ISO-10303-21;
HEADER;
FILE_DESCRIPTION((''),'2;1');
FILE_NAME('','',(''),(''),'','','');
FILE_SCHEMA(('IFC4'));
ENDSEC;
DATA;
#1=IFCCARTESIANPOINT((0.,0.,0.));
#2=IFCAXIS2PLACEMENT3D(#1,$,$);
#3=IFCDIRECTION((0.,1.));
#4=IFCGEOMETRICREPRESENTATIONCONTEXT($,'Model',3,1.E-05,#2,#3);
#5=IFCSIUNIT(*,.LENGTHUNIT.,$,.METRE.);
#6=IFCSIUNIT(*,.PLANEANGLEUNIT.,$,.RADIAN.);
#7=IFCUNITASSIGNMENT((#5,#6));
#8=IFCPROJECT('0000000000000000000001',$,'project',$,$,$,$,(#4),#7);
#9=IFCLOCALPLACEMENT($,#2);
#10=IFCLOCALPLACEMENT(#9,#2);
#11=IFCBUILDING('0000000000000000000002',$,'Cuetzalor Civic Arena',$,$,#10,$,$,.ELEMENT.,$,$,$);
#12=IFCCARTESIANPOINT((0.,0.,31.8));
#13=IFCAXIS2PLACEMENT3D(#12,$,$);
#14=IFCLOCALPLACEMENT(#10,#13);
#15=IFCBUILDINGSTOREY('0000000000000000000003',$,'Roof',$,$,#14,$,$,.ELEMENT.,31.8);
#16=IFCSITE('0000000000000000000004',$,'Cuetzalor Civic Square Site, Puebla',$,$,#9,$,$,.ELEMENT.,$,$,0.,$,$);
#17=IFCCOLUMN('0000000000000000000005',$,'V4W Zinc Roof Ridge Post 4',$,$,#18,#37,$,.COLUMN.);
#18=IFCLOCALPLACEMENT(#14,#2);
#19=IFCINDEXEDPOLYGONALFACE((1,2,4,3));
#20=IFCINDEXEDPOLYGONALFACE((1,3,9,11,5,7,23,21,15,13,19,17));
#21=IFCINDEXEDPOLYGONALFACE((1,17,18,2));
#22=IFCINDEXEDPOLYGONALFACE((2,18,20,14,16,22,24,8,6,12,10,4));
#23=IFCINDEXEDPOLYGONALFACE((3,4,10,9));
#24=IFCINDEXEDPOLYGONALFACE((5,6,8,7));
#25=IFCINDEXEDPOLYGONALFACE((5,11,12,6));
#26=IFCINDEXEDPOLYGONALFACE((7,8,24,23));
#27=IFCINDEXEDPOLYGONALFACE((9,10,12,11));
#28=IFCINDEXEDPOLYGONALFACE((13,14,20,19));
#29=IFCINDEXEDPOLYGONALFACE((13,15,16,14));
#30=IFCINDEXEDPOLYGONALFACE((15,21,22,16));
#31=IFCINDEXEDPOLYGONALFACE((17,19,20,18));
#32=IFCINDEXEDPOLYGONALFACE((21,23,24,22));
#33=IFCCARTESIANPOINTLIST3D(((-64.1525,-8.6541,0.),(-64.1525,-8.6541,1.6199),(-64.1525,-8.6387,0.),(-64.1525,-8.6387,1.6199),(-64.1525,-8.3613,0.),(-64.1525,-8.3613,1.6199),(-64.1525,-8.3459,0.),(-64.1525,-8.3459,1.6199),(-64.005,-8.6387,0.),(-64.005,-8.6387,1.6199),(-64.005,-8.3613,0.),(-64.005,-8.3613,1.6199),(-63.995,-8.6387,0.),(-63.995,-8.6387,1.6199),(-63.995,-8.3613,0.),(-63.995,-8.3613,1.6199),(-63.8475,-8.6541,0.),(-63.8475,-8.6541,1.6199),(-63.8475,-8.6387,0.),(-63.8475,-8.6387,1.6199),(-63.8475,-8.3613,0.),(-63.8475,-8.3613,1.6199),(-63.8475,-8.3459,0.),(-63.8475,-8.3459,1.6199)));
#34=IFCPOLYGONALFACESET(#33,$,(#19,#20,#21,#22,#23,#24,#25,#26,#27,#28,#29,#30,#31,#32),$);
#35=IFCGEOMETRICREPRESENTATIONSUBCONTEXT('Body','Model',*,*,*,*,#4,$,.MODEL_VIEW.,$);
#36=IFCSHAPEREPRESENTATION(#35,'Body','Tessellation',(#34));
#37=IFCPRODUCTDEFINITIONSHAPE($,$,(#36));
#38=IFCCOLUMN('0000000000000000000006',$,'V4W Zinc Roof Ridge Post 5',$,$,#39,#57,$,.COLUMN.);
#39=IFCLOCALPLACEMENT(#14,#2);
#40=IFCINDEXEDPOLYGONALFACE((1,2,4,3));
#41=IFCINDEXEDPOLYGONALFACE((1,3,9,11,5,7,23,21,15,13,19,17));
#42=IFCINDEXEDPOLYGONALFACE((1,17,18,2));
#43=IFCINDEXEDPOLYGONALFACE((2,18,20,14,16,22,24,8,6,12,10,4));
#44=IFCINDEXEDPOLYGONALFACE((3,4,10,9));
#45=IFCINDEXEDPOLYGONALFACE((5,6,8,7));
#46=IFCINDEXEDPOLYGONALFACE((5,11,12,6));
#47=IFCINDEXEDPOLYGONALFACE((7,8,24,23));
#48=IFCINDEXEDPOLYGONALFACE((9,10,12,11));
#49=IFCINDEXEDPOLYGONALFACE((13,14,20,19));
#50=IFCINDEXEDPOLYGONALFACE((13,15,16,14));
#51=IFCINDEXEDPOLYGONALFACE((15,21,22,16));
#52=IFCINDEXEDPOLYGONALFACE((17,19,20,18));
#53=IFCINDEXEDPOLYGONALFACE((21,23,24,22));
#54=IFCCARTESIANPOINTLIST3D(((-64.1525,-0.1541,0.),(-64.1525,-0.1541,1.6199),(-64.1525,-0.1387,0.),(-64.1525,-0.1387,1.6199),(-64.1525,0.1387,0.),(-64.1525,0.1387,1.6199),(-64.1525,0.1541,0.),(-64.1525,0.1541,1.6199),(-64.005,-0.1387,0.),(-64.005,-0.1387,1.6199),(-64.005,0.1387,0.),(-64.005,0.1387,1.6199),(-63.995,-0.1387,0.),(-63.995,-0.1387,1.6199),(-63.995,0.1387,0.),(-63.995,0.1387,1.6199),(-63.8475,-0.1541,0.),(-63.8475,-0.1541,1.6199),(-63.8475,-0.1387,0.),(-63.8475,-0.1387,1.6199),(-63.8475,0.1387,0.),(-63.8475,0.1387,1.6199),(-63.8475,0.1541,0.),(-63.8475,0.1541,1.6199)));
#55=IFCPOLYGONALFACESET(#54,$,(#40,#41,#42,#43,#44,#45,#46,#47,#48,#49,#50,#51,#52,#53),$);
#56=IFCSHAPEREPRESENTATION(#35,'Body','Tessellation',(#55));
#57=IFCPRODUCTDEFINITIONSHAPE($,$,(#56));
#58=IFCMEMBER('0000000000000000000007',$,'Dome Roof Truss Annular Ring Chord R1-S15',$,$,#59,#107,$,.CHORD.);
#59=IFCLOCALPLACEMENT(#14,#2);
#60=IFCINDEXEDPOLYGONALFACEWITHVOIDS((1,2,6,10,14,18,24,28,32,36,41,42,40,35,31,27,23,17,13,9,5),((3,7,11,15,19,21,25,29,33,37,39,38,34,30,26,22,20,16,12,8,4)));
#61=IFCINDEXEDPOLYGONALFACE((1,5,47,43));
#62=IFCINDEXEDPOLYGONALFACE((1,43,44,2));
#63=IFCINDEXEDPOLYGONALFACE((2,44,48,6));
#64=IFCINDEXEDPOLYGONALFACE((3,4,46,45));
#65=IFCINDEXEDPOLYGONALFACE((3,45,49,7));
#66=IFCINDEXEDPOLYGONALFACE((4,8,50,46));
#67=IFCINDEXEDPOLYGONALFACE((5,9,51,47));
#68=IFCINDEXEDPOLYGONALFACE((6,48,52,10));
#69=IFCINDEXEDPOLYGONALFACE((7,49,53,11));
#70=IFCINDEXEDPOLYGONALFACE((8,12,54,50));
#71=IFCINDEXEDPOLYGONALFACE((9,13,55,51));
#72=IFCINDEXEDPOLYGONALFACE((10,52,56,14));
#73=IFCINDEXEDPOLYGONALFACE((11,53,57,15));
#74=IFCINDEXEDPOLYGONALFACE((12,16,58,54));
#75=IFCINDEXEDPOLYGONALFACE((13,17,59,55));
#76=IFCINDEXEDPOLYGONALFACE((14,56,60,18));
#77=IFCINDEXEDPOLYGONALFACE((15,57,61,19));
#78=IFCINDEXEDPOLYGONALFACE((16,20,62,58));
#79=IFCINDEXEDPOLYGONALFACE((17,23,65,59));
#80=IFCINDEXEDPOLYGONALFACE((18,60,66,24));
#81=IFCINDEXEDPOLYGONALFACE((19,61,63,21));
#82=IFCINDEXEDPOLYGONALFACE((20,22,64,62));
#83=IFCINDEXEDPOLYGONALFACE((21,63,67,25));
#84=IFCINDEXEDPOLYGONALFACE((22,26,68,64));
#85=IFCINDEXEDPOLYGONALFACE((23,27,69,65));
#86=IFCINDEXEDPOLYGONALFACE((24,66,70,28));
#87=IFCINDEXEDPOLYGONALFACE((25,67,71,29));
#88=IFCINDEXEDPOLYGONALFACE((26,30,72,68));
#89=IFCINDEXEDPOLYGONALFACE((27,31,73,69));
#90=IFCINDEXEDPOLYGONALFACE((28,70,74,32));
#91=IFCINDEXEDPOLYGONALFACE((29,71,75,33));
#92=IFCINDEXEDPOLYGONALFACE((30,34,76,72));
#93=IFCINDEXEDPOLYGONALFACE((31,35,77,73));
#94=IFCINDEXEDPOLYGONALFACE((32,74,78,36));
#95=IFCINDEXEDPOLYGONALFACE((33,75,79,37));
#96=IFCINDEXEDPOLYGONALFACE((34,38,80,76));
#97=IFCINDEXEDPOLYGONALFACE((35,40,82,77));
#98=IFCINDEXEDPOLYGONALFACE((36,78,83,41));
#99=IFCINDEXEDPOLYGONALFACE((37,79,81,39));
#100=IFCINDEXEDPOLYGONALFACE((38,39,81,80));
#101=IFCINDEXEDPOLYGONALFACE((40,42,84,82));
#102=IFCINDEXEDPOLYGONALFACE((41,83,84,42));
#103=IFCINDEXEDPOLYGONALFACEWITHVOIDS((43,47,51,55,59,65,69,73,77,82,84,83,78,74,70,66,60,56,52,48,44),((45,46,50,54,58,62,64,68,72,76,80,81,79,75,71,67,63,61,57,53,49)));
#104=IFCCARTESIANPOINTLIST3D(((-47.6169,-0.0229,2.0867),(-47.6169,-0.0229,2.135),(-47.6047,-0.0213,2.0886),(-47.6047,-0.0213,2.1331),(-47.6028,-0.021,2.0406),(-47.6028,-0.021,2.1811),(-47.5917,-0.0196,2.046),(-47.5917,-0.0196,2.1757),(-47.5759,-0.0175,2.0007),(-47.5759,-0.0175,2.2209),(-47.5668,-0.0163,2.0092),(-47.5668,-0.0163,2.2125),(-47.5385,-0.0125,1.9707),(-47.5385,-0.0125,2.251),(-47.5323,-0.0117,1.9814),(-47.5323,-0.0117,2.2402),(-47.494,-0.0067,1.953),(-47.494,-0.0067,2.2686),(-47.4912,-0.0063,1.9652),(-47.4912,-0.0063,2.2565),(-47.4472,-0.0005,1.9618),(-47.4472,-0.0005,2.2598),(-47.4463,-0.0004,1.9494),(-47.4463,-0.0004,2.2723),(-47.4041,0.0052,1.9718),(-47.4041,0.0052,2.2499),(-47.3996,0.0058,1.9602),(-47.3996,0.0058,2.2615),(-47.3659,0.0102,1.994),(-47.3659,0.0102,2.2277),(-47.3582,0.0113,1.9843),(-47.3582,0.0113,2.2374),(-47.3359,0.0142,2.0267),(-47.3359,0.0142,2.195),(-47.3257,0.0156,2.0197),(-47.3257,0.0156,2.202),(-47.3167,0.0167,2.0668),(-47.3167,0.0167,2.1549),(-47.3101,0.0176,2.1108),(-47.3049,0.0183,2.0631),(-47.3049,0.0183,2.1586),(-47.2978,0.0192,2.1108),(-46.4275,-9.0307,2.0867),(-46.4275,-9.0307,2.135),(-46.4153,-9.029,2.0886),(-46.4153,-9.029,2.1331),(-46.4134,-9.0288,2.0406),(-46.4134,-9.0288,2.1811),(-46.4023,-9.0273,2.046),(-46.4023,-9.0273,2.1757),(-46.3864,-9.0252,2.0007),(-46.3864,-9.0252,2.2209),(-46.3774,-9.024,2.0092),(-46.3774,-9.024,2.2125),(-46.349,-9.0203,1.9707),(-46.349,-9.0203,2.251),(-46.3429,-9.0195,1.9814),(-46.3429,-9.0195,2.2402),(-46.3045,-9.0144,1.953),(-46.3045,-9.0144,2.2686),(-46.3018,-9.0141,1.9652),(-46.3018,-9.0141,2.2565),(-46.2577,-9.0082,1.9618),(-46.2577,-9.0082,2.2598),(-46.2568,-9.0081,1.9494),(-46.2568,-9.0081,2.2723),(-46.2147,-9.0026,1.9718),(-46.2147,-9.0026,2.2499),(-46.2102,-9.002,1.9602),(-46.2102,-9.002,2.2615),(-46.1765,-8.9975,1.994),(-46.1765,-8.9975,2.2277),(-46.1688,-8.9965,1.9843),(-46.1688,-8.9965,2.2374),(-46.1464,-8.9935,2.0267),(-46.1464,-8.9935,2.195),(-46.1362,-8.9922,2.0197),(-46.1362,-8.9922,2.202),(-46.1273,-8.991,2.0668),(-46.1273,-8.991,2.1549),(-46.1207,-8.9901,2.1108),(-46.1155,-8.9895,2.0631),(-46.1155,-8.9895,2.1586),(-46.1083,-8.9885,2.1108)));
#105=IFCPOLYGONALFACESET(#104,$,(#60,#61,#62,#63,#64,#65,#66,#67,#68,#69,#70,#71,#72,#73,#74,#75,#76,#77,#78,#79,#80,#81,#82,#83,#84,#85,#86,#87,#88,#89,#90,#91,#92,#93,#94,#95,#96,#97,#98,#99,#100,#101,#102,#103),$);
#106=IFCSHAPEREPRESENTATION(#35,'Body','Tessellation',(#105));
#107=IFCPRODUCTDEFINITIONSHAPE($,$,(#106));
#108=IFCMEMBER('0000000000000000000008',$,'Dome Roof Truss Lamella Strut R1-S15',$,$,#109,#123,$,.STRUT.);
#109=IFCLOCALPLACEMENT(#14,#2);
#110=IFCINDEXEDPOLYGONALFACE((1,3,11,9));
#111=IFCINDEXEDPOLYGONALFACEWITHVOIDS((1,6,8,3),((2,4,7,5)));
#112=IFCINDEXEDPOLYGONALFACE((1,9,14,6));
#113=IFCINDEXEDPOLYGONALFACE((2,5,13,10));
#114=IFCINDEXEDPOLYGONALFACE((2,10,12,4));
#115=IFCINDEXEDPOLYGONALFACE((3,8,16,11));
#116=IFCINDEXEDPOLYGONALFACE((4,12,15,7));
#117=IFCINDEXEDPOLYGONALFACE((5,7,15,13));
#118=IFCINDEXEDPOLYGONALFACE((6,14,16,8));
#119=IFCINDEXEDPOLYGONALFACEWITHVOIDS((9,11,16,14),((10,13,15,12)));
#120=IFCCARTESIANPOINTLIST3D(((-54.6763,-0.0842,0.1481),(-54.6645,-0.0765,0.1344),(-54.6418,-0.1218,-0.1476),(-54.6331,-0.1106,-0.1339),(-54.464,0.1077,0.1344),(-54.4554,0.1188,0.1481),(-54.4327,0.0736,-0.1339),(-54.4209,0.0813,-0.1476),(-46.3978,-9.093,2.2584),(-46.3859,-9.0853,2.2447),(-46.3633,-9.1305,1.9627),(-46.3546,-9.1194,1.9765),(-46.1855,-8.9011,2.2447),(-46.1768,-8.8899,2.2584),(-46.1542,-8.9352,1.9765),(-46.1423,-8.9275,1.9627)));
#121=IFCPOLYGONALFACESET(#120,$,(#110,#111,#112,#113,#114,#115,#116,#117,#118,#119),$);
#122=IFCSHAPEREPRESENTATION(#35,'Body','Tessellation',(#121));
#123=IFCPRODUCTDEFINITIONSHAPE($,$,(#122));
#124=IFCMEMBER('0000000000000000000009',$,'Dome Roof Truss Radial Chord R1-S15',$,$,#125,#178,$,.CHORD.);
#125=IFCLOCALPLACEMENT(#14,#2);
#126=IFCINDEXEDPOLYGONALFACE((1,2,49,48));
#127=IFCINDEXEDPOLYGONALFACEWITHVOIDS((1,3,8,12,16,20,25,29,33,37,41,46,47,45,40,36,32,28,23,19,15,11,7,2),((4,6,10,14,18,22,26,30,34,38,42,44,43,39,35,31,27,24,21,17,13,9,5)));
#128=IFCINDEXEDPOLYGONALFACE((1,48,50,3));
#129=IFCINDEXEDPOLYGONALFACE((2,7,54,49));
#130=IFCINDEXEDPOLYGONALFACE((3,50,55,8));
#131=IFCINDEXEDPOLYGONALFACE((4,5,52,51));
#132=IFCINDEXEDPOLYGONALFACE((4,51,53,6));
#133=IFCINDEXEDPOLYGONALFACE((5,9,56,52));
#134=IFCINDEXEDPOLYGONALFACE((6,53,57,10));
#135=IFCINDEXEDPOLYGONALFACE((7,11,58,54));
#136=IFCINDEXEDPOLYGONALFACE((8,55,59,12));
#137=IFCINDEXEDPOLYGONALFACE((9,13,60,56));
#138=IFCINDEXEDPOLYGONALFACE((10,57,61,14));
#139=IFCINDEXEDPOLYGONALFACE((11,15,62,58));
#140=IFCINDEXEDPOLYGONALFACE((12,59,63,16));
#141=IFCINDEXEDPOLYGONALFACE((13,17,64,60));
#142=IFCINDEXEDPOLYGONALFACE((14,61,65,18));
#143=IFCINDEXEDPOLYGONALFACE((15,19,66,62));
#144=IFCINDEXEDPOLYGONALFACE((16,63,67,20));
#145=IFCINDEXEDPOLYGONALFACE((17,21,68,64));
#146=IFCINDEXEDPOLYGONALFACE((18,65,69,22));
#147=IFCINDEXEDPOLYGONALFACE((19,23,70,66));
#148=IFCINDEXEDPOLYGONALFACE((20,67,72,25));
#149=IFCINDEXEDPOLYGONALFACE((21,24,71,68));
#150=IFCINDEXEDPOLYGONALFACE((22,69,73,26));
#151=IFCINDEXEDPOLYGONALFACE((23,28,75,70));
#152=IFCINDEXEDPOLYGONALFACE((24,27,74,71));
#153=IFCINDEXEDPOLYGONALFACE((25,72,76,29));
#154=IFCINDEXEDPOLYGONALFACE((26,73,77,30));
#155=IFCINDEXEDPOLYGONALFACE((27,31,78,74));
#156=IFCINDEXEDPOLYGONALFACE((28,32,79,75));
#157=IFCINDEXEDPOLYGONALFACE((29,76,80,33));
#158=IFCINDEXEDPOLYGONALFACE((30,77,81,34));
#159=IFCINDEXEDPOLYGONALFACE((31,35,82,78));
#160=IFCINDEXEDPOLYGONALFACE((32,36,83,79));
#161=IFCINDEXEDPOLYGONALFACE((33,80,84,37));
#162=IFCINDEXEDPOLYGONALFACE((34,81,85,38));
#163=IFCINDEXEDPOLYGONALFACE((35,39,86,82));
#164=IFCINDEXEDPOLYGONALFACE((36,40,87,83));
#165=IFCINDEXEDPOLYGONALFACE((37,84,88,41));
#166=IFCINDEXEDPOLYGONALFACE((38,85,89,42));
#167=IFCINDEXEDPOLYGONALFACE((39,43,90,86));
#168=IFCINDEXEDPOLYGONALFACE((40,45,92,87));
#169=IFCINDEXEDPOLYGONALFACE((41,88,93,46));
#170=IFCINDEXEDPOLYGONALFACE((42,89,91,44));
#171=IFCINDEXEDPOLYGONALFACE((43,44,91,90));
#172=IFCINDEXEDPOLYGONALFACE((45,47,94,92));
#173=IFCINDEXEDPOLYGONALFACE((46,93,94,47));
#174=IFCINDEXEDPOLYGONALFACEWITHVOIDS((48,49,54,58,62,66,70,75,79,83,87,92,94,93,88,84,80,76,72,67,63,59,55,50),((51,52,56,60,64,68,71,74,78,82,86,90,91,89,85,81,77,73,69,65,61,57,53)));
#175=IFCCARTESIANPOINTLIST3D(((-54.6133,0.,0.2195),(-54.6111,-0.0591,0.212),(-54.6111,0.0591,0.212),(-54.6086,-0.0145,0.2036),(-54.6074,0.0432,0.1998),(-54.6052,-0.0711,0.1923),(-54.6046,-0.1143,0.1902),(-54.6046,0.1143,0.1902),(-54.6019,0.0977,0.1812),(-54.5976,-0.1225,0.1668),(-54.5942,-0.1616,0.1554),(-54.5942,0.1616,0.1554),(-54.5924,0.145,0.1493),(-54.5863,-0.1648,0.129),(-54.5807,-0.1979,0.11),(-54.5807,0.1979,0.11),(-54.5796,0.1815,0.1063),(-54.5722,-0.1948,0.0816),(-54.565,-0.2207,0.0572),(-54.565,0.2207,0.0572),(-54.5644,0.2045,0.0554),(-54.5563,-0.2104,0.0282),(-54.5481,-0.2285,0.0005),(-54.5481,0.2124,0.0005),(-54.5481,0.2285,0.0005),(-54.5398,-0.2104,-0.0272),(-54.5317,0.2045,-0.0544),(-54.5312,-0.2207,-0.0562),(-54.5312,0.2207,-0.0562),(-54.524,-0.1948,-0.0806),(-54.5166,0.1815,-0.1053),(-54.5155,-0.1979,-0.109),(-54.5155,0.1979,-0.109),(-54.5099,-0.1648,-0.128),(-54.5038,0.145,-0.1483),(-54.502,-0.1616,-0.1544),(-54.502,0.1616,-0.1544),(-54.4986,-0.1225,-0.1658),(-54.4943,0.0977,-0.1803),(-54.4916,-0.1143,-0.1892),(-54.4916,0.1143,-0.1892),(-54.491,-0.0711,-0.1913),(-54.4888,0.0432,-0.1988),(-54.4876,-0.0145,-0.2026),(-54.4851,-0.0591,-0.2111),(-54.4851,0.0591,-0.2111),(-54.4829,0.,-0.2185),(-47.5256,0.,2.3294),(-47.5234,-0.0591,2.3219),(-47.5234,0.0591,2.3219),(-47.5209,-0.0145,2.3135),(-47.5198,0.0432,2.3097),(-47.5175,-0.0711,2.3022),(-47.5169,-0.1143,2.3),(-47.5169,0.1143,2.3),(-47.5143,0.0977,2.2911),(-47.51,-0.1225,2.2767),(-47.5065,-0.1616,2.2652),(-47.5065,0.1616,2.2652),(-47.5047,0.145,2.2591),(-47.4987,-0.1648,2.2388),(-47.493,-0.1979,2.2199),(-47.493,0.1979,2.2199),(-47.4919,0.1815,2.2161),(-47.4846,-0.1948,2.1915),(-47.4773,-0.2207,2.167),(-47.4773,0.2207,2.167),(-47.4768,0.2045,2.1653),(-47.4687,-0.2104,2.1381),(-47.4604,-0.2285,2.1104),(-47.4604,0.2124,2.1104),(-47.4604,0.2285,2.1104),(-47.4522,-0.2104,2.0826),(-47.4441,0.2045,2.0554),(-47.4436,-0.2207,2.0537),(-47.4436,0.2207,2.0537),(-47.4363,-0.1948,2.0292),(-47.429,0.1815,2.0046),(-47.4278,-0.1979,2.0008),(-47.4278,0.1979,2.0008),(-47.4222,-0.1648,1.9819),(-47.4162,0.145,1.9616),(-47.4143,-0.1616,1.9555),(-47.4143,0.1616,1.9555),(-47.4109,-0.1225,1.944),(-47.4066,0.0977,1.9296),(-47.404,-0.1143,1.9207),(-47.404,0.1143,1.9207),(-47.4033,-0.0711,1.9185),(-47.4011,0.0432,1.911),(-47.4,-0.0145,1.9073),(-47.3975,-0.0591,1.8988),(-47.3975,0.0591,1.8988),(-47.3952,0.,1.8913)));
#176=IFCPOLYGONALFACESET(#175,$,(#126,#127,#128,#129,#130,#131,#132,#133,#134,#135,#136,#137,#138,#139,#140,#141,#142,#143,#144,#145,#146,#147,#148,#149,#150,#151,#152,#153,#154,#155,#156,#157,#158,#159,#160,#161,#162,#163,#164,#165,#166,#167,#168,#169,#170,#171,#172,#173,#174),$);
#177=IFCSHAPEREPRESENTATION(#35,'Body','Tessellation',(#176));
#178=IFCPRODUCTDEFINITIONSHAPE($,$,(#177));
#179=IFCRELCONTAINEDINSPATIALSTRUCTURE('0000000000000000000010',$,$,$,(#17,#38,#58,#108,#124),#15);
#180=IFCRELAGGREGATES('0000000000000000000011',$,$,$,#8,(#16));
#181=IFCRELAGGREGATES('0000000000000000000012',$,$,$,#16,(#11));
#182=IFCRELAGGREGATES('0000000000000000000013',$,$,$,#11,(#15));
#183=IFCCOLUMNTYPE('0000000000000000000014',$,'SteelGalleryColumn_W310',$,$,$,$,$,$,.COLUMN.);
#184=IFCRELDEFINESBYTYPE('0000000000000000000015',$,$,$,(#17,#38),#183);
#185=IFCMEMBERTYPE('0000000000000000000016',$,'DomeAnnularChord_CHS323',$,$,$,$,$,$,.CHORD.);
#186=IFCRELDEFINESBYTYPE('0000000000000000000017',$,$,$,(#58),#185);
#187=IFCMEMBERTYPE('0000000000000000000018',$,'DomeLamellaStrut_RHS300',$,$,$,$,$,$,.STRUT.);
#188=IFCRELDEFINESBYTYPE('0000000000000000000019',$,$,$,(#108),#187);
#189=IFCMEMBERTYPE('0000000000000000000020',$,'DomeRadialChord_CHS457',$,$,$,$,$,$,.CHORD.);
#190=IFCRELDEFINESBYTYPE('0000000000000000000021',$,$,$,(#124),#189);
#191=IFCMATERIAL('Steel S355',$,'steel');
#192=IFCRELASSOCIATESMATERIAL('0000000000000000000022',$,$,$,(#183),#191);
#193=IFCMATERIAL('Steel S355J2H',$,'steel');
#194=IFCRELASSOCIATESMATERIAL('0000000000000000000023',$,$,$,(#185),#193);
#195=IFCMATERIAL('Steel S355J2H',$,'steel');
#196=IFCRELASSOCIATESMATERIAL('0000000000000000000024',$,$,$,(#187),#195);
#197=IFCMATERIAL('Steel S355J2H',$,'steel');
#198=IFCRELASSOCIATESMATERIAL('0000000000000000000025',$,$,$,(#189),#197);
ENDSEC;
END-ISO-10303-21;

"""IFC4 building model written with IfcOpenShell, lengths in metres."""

from ifc_helpers import new_model, si_unit, direction, frame, origin, origin_2d, place, context, subcontext, project, spatial, hollow_rectangle, hollow_circle, i_section, extrude, material, material_profile, profile_set, type_object, element, save


model = new_model("IFC4")

# Units and contexts
model_context = context("Model", 3, precision=1e-05, world=origin(), true_north=direction((0.0, 1.0)))
body_context = subcontext(model_context, "Body", "Model", "MODEL_VIEW")
ifc_project = project(units=[si_unit("LENGTHUNIT", "METRE"), si_unit("PLANEANGLEUNIT", "RADIAN")], contexts=[model_context])

# Site, building, storey
site_placement = place(None, origin())
site = spatial("IfcSite", under=ifc_project, at=site_placement, Name="Cuetzalor Civic Square Site, Puebla", CompositionType="ELEMENT", RefElevation=0.0)
building_placement = place(site_placement, origin())
building = spatial("IfcBuilding", under=site, at=building_placement, Name="Cuetzalor Civic Arena", CompositionType="ELEMENT")
storey_placement = place(building_placement, frame((0.0, 0.0, 31.8)))
storey = spatial("IfcBuildingStorey", under=building, at=storey_placement, Name="Roof", CompositionType="ELEMENT", Elevation=31.8)

# Columns
ifc_material_1 = material(Name="Steel S355", Category="steel")
ifc_material_profile_1 = material_profile(ifc_material_1, i_section(OverallWidth=0.3049, OverallDepth=0.3081, WebThickness=0.01, FlangeThickness=0.0154, at=origin_2d()), Name="W310x97")
ifc_profile_set_1 = profile_set([ifc_material_profile_1], Name="Steel S355")
column_type = type_object("IfcColumnType", Name="SteelGalleryColumn_W310", PredefinedType="COLUMN", material=ifc_profile_set_1)
for number, where, z_axis, x_axis, name in (
    (1, (-64.0, -8.5, 0.0), (0.0, 0.0, 1.0), (1.0, 0.0, 0.0), "V4W Zinc Roof Ridge Post 4"),
    (2, (-64.0, 0.0, 0.0), (0.0, 0.0, 1.0), (1.0, 0.0, 0.0), "V4W Zinc Roof Ridge Post 5"),
):
    element("IfcColumn", number, at=place(storey_placement, frame(where, z_axis=z_axis, x_axis=x_axis)), inside=storey, type_object=column_type, Name=name, PredefinedType="COLUMN", context=body_context, shape_type="SweptSolid", body=[
        extrude(i_section(OverallWidth=0.3049, OverallDepth=0.3081, WebThickness=0.01, FlangeThickness=0.0154, at=origin_2d()), origin(), (0.0, 0.0, 1.0), 1.6199),
    ])

# Members
ifc_material_2 = material(Name="Steel S355J2H", Category="steel")
ifc_material_profile_2 = material_profile(ifc_material_2, hollow_circle(Radius=0.1619, WallThickness=0.0125, at=origin_2d()), Name="CHS 323.9x12.5")
ifc_profile_set_2 = profile_set([ifc_material_profile_2], Name="Steel S355J2H")
member_type_1 = type_object("IfcMemberType", Name="DomeAnnularChord_CHS323", PredefinedType="CHORD", material=ifc_profile_set_2)
member_1_placement = place(storey_placement, frame((-47.4583, -0.002, 2.1108), z_axis=(0.13091, -0.991394, 0.0), x_axis=(0.991394, 0.13091, 0.0)))
element("IfcMember", 3, at=member_1_placement, inside=storey, type_object=member_type_1, Name="Dome Roof Truss Annular Ring Chord R1-S15", PredefinedType="CHORD", context=body_context, shape_type="SweptSolid", body=[
    extrude(hollow_circle(Radius=0.1619, WallThickness=0.0125, at=origin_2d()), origin(), (0.0, 0.0, 1.0), 9.0859),
])
ifc_material_3 = material(Name="Steel S355J2H", Category="steel")
ifc_material_profile_3 = material_profile(ifc_material_3, hollow_rectangle(XDim=0.3, YDim=0.3, WallThickness=0.0139, at=origin_2d()), Name="RHS 300x300x14")
ifc_profile_set_3 = profile_set([ifc_material_profile_3], Name="Steel S355J2H")
member_type_2 = type_object("IfcMemberType", Name="DomeLamellaStrut_RHS300", PredefinedType="STRUT", material=ifc_profile_set_3)
member_2_placement = place(storey_placement, frame((-54.5486, -0.0015, 0.0002), z_axis=(0.666789, -0.725604, 0.169976), x_axis=(0.736319, 0.676635, 0.0)))
element("IfcMember", 4, at=member_2_placement, inside=storey, type_object=member_type_2, Name="Dome Roof Truss Lamella Strut R1-S15", PredefinedType="STRUT", context=body_context, shape_type="SweptSolid", body=[
    extrude(hollow_rectangle(XDim=0.3, YDim=0.3, WallThickness=0.0139, at=origin_2d()), origin(), (0.0, 0.0, 1.0), 12.4155),
])
ifc_material_4 = material(Name="Steel S355J2H", Category="steel")
ifc_material_profile_4 = material_profile(ifc_material_4, hollow_circle(Radius=0.2285, WallThickness=0.0161, at=origin_2d()), Name="CHS 457x16")
ifc_profile_set_4 = profile_set([ifc_material_profile_4], Name="Steel S355J2H")
member_type_3 = type_object("IfcMemberType", Name="DomeRadialChord_CHS457", PredefinedType="CHORD", material=ifc_profile_set_4)
member_3_placement = place(storey_placement, frame((-54.5481, 0.0, 0.0005), z_axis=(0.958436, 0.0, 0.285309), x_axis=(0.0, 1.0, 0.0)))
element("IfcMember", 5, at=member_3_placement, inside=storey, type_object=member_type_3, Name="Dome Roof Truss Radial Chord R1-S15", PredefinedType="CHORD", context=body_context, shape_type="SweptSolid", body=[
    extrude(hollow_circle(Radius=0.2285, WallThickness=0.0161, at=origin_2d()), origin(), (0.0, 0.0, 1.0), 7.395),
])

save(model, "model.ifc")
